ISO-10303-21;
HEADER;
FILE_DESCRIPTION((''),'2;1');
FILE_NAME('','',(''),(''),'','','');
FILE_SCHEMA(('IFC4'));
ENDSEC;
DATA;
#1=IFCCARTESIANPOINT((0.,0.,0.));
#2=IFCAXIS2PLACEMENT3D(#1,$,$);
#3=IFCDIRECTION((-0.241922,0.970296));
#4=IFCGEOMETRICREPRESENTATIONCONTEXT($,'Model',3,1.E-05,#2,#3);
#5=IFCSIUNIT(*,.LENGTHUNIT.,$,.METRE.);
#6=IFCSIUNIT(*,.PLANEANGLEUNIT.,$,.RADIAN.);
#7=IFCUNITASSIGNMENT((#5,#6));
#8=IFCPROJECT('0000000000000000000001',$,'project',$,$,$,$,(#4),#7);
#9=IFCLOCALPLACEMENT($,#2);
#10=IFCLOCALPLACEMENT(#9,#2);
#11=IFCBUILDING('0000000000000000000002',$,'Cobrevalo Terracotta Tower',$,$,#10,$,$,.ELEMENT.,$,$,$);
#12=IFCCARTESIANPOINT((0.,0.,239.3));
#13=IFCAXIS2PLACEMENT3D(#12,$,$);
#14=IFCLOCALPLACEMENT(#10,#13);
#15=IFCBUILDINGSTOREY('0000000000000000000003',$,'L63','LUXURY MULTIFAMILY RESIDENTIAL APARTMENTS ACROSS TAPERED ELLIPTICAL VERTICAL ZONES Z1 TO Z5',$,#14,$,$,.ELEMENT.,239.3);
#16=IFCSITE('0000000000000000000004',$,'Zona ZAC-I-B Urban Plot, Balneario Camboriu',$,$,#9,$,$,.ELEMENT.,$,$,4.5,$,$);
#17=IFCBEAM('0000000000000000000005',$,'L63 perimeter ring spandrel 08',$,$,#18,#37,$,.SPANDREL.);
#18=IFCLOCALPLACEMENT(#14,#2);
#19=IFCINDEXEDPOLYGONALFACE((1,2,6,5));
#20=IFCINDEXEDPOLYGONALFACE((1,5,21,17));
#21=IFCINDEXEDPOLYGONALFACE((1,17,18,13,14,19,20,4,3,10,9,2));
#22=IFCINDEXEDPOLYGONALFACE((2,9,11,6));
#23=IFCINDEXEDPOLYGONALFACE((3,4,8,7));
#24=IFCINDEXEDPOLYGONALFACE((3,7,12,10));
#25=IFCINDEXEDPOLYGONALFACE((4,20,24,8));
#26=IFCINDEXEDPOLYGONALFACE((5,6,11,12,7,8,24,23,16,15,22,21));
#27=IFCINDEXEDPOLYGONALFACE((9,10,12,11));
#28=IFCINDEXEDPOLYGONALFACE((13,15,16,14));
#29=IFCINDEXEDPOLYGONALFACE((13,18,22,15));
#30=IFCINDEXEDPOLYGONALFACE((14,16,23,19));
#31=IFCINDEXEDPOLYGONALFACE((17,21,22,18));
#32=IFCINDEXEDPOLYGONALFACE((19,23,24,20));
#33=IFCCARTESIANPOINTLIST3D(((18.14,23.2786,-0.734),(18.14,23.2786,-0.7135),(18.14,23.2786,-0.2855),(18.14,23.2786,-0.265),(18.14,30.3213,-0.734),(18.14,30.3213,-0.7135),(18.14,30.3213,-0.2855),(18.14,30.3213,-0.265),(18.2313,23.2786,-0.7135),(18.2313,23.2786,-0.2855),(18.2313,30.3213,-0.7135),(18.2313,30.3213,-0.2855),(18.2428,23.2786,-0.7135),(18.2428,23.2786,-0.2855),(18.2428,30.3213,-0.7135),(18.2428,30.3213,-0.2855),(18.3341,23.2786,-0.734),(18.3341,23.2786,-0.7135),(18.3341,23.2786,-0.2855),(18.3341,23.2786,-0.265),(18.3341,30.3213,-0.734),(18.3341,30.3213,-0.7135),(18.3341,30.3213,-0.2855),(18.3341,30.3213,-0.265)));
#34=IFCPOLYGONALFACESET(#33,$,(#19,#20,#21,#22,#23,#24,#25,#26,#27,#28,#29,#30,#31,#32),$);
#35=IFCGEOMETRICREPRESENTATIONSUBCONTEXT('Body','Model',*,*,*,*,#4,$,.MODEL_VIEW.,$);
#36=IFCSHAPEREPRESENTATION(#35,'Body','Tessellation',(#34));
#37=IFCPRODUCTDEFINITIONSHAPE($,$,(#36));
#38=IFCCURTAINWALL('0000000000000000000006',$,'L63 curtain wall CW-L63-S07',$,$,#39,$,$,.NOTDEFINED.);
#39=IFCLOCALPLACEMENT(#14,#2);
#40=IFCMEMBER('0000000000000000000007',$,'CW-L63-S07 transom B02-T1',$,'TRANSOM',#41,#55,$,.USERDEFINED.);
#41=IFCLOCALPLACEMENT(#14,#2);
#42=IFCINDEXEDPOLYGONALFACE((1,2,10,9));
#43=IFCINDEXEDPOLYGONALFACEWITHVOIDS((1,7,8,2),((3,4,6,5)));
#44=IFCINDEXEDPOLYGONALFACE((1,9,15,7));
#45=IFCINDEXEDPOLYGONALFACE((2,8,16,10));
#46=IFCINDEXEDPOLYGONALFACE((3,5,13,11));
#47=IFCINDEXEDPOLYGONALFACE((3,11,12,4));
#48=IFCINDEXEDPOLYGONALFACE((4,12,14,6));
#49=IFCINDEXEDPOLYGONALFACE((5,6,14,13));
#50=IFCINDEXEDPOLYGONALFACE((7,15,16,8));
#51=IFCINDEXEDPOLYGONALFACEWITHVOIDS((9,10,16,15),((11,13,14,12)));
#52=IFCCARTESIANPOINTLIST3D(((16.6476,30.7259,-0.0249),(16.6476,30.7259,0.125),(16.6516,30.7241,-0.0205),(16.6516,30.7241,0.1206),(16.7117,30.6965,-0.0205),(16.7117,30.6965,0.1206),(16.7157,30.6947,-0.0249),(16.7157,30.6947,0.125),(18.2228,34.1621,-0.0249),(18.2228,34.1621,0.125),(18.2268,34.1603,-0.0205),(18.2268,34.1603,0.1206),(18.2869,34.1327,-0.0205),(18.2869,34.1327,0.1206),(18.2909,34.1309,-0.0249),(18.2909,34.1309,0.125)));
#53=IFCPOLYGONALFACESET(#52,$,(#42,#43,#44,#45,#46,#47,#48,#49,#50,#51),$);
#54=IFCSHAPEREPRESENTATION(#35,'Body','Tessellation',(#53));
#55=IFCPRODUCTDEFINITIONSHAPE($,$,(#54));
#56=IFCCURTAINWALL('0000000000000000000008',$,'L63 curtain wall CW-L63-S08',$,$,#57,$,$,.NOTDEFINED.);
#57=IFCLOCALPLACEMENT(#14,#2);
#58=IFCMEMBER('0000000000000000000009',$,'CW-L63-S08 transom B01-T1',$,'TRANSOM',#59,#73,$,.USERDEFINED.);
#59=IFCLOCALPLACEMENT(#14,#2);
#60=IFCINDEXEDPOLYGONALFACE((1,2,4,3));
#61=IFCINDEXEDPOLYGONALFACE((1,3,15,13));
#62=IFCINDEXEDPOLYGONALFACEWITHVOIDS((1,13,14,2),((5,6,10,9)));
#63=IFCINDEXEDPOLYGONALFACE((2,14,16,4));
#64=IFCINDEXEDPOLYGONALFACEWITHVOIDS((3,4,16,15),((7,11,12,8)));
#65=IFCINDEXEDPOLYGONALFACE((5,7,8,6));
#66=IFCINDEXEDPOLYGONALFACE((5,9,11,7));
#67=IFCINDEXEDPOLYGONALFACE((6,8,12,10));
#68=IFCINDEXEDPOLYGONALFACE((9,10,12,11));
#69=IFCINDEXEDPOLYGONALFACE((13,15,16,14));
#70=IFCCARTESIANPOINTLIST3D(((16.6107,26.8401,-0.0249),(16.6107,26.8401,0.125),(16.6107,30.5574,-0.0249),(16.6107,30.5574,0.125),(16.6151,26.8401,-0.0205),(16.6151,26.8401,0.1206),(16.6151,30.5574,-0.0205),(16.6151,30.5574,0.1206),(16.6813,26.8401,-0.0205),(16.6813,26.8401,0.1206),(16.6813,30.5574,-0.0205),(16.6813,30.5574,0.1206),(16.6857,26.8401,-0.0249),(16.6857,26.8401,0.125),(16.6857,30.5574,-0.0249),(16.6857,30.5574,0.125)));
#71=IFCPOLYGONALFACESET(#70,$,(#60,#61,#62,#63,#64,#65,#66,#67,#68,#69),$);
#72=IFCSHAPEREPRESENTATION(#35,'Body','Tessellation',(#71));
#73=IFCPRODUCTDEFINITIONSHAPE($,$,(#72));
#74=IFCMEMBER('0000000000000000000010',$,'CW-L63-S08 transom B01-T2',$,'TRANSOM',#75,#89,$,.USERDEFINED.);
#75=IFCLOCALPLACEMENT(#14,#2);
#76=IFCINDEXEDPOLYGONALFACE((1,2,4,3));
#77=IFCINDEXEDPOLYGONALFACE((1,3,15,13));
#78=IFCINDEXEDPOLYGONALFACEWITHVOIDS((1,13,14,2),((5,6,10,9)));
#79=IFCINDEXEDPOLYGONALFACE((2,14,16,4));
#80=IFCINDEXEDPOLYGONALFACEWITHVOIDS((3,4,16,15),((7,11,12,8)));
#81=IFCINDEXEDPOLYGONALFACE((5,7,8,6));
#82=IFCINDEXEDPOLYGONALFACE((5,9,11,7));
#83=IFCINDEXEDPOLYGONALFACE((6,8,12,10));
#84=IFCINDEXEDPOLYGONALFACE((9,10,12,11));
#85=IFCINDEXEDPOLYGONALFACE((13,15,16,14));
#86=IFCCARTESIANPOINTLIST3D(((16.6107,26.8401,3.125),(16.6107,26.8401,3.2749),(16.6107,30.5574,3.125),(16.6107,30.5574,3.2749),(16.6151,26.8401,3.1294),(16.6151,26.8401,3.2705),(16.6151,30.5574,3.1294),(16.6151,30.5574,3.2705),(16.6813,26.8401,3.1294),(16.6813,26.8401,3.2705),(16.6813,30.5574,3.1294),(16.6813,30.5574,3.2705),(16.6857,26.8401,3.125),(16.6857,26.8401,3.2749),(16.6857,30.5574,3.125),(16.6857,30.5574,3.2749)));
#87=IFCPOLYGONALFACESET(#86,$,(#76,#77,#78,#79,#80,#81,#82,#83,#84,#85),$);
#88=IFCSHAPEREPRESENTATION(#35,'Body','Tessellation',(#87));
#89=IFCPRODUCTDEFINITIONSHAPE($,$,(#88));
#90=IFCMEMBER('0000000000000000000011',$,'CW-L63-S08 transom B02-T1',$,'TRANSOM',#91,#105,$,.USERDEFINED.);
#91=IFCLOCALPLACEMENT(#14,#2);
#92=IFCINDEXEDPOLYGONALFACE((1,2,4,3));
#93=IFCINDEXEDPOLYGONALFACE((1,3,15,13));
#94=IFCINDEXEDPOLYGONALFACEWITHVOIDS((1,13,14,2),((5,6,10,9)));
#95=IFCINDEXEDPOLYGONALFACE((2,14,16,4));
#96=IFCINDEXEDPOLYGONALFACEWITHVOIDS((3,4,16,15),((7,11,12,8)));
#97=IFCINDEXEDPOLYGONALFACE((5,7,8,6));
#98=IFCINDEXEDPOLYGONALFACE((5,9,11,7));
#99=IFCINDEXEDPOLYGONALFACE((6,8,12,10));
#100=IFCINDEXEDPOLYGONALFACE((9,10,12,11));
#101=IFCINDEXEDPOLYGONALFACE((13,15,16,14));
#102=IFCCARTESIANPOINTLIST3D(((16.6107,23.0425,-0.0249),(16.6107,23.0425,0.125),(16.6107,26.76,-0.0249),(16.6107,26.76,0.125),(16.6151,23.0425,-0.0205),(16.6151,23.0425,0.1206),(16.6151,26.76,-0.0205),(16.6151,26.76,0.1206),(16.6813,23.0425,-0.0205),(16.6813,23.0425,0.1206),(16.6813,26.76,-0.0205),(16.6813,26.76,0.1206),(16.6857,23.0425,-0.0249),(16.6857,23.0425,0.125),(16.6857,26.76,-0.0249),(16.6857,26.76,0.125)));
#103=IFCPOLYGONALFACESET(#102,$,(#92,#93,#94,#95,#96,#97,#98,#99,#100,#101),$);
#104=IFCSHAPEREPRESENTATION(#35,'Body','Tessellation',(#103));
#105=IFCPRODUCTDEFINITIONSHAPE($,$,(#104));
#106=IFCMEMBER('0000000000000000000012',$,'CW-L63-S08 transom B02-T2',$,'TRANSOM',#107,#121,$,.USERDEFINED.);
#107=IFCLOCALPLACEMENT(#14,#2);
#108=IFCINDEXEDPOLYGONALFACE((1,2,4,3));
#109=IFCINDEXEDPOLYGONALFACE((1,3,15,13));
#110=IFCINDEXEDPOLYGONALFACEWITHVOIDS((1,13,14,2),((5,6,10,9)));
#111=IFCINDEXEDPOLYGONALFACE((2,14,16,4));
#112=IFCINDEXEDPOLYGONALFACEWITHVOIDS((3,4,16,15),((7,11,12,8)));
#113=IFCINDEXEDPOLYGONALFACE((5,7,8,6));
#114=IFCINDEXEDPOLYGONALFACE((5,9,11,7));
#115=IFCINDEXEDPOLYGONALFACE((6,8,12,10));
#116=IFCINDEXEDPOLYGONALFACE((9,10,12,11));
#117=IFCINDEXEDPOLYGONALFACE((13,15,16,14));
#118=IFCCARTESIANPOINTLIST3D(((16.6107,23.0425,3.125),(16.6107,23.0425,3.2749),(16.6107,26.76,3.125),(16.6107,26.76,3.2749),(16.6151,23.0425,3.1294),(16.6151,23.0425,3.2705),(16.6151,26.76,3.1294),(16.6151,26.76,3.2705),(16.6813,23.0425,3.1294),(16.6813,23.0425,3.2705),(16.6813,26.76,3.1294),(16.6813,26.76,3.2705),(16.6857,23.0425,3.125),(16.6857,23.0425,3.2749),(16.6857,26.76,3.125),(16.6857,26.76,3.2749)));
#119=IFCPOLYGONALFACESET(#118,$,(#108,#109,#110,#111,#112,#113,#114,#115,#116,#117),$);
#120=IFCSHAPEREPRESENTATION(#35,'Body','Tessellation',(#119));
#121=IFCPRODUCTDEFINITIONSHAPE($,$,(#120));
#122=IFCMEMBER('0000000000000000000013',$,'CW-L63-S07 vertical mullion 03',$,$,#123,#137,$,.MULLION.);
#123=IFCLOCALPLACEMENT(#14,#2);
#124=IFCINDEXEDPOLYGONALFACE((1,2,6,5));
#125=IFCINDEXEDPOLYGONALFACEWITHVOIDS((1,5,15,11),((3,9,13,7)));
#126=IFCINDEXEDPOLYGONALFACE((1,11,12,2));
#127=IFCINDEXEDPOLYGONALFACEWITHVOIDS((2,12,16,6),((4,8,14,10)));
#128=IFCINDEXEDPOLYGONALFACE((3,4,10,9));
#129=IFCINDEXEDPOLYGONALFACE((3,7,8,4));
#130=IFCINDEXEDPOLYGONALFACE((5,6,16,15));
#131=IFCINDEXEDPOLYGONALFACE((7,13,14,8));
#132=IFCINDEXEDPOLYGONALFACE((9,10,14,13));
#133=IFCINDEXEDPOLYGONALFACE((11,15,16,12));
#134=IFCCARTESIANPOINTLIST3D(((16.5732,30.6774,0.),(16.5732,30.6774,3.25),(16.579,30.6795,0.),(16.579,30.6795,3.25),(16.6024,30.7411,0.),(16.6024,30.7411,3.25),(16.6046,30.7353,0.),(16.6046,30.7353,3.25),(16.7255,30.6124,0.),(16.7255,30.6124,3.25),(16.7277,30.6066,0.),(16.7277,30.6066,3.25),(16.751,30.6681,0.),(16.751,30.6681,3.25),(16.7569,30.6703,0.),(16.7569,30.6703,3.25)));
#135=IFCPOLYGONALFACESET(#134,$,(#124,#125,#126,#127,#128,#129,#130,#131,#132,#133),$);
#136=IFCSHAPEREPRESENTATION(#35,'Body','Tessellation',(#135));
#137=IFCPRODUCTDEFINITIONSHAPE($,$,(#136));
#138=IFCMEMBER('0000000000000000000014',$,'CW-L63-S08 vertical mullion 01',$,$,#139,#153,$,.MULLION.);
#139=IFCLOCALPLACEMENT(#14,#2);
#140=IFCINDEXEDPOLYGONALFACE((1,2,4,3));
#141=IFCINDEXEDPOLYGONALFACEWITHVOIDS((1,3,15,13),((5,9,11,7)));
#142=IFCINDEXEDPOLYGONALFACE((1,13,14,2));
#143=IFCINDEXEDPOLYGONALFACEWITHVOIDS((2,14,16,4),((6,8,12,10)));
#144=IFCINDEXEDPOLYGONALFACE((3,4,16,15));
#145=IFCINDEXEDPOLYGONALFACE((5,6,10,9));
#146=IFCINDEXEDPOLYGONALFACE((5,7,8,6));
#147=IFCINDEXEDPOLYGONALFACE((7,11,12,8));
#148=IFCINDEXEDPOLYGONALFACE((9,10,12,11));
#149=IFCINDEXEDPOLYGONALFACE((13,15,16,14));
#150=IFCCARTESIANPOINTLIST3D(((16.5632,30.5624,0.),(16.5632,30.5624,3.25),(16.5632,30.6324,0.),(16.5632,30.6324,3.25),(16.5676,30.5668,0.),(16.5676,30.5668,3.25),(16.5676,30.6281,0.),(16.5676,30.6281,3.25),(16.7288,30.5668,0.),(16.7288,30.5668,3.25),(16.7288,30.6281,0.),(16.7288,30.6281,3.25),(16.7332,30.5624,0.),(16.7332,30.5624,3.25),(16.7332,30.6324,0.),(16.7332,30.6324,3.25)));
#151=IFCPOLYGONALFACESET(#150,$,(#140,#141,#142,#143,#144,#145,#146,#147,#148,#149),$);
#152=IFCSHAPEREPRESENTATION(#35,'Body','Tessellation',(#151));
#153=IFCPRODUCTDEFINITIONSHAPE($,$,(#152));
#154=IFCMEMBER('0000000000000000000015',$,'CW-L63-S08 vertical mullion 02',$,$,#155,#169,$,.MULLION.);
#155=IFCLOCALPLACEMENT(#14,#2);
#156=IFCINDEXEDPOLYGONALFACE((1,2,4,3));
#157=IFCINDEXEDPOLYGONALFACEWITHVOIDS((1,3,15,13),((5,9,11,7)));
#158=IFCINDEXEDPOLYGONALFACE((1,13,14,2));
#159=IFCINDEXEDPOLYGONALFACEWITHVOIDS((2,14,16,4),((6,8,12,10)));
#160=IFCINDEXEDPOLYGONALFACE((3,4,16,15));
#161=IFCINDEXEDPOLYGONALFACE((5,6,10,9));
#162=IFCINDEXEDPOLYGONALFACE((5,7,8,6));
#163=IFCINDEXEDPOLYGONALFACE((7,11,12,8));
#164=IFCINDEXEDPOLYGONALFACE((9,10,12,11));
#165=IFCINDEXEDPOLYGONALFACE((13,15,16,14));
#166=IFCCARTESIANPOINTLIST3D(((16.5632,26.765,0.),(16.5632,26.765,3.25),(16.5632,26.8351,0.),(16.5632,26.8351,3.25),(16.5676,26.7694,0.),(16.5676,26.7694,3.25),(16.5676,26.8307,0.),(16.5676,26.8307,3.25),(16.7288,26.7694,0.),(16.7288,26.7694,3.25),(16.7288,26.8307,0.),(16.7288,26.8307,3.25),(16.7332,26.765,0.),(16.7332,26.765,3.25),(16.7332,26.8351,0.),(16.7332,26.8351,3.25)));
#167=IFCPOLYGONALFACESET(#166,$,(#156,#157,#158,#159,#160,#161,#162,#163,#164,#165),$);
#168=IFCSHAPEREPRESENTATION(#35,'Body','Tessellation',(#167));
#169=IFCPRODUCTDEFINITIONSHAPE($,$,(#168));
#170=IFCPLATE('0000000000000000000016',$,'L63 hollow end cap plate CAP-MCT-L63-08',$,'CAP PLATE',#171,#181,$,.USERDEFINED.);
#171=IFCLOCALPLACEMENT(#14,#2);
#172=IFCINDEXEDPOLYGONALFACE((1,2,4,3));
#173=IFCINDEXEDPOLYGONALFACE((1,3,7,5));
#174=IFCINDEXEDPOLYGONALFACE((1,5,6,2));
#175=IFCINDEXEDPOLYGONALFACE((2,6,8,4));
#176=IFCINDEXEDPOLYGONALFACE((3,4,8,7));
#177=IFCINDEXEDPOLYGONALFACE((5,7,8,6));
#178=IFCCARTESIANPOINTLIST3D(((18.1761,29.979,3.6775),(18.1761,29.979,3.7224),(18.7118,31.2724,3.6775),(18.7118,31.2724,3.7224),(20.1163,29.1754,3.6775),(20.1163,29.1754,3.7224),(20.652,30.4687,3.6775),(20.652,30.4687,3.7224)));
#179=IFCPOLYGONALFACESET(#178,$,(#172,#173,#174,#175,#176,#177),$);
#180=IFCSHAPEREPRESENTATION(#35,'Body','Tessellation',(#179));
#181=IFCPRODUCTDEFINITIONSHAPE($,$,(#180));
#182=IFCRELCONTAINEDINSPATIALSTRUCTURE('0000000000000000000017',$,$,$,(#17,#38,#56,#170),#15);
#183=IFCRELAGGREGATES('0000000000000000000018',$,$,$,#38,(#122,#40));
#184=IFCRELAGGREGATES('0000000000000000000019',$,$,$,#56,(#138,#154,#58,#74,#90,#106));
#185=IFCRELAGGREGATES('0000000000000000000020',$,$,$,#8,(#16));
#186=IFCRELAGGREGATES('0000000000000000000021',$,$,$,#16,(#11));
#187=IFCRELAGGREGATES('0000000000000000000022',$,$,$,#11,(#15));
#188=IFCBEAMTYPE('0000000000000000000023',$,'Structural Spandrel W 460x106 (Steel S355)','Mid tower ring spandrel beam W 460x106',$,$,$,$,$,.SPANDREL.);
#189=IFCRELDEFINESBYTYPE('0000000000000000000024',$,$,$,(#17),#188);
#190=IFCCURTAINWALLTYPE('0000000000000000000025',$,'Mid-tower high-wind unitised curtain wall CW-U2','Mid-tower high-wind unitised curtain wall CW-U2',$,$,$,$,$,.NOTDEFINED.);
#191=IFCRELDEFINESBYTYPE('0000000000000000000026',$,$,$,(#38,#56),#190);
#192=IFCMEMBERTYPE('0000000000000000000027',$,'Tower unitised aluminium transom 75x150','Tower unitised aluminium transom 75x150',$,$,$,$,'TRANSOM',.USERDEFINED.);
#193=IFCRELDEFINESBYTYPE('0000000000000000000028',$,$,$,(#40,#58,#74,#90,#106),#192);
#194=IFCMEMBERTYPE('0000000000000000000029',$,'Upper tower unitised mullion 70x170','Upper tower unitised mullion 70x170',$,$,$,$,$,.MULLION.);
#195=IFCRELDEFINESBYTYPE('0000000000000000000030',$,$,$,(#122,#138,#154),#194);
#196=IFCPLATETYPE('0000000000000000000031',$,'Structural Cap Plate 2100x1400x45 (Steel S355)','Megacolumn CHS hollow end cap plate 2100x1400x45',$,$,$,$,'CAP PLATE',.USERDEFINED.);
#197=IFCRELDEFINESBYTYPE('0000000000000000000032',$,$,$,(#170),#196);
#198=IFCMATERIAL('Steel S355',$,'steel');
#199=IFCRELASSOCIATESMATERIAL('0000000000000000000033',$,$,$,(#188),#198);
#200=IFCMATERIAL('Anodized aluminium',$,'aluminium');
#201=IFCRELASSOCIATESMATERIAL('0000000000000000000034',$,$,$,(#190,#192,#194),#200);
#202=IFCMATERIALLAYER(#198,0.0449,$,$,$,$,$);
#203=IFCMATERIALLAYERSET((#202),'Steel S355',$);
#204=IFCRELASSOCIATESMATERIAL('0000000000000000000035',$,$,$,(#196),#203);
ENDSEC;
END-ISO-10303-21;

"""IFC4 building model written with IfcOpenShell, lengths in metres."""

from ifc_helpers import new_model, si_unit, direction, frame, origin, origin_2d, place, context, subcontext, project, spatial, rectangle, hollow_rectangle, i_section, extrude, source, transform, mapped, material, layer, layer_set, material_profile, profile_set, type_object, element, aggregate, save


model = new_model("IFC4")

# Units and contexts
model_context = context("Model", 3, precision=1e-05, world=origin(), true_north=direction((-0.241922, 0.970296)))
body_context = subcontext(model_context, "Body", "Model", "MODEL_VIEW")
ifc_project = project(units=[si_unit("LENGTHUNIT", "METRE"), si_unit("PLANEANGLEUNIT", "RADIAN")], contexts=[model_context])

# Site, building, storey
site_placement = place(None, origin())
site = spatial("IfcSite", under=ifc_project, at=site_placement, Name="Zona ZAC-I-B Urban Plot, Balneario Camboriu", CompositionType="ELEMENT", RefElevation=4.5)
building_placement = place(site_placement, origin())
building = spatial("IfcBuilding", under=site, at=building_placement, Name="Cobrevalo Terracotta Tower", CompositionType="ELEMENT")
storey_placement = place(building_placement, frame((0.0, 0.0, 239.3)))
storey = spatial("IfcBuildingStorey", under=building, at=storey_placement, Name="L63", Description="LUXURY MULTIFAMILY RESIDENTIAL APARTMENTS ACROSS TAPERED ELLIPTICAL VERTICAL ZONES Z1 TO Z5", CompositionType="ELEMENT", Elevation=239.3)

# Shared definitions
ifc_material_1 = material(Name="Steel S355", Category="steel")

# Beam
ifc_material_profile_1 = material_profile(ifc_material_1, i_section(OverallWidth=0.1941, OverallDepth=0.469, WebThickness=0.0115, FlangeThickness=0.0205, at=origin_2d()), Name="W 460x106")
ifc_profile_set_1 = profile_set([ifc_material_profile_1], Name="Steel S355")
beam_type_1 = type_object("IfcBeamType", Name="Structural Spandrel W 460x106 (Steel S355)", Description="Mid tower ring spandrel beam W 460x106", PredefinedType="SPANDREL", material=ifc_profile_set_1)
beam_1_placement = place(storey_placement, frame((18.2371, 30.3213, -0.4995), z_axis=(0.0, -1.0, 0.0), x_axis=(1.0, 0.0, 0.0)))
element("IfcBeam", 1, at=beam_1_placement, inside=storey, type_object=beam_type_1, Name="L63 perimeter ring spandrel 08", PredefinedType="SPANDREL", context=body_context, shape_type="SweptSolid", body=[
    extrude(i_section(OverallWidth=0.1941, OverallDepth=0.469, WebThickness=0.0115, FlangeThickness=0.0205, at=origin_2d()), origin(), (0.0, 0.0, 1.0), 7.0427),
])

# Curtain wall, member
ifc_material_2 = material(Name="Anodized aluminium", Category="aluminium")
curtain_wall_type = type_object("IfcCurtainWallType", Name="Mid-tower high-wind unitised curtain wall CW-U2", Description="Mid-tower high-wind unitised curtain wall CW-U2", PredefinedType="NOTDEFINED", material=ifc_material_2)
curtain_wall_1_placement = place(storey_placement, origin())
curtain_wall_1 = element("IfcCurtainWall", 2, at=curtain_wall_1_placement, inside=storey, type_object=curtain_wall_type, Name="L63 curtain wall CW-L63-S07", PredefinedType="NOTDEFINED")
ifc_material_profile_2 = material_profile(ifc_material_2, hollow_rectangle(XDim=0.075, YDim=0.1499, WallThickness=0.0044, at=origin_2d()), Name="CWT 75x150")
ifc_profile_set_2 = profile_set([ifc_material_profile_2], Name="Anodized aluminium")
member_type_1 = type_object("IfcMemberType", Name="Tower unitised aluminium transom 75x150", Description="Tower unitised aluminium transom 75x150", ElementType="TRANSOM", PredefinedType="USERDEFINED", material=ifc_profile_set_2)
shared_shape_1 = source(origin(), body_context, "Body", "SweptSolid", [
    extrude(hollow_rectangle(XDim=0.075, YDim=0.1499, WallThickness=0.0044, at=origin_2d()), origin(), (0.0, 0.0, 1.0), 3.78),
])
member_1_placement = place(storey_placement, frame((18.2568, 34.1465, 0.05), z_axis=(-0.416706, -0.909041, 0.0), x_axis=(0.909041, -0.416706, 0.0)))
member_1 = element("IfcMember", 3, at=member_1_placement, type_object=member_type_1, Name="CW-L63-S07 transom B02-T1", ObjectType="TRANSOM", PredefinedType="USERDEFINED", context=body_context, shape_type="MappedRepresentation", body=[
    mapped(shared_shape_1, transform((0.0, 0.0, 0.0), scale=1.0)),
])

# Curtain wall, members
curtain_wall_2_placement = place(storey_placement, origin())
curtain_wall_2 = element("IfcCurtainWall", 4, at=curtain_wall_2_placement, inside=storey, type_object=curtain_wall_type, Name="L63 curtain wall CW-L63-S08", PredefinedType="NOTDEFINED")
shared_shape_2 = source(origin(), body_context, "Body", "SweptSolid", [
    extrude(hollow_rectangle(XDim=0.075, YDim=0.1499, WallThickness=0.0044, at=origin_2d()), origin(), (0.0, 0.0, 1.0), 3.7173),
])
member_2_placement = place(storey_placement, frame((16.6482, 30.5574, 0.05), z_axis=(0.0, -1.0, 0.0), x_axis=(1.0, 0.0, 0.0)))
member_2 = element("IfcMember", 5, at=member_2_placement, type_object=member_type_1, Name="CW-L63-S08 transom B01-T1", ObjectType="TRANSOM", PredefinedType="USERDEFINED", context=body_context, shape_type="MappedRepresentation", body=[
    mapped(shared_shape_2, transform((0.0, 0.0, 0.0), scale=1.0)),
])
member_3_placement = place(storey_placement, frame((16.6482, 30.5574, 3.2), z_axis=(0.0, -1.0, 0.0), x_axis=(1.0, 0.0, 0.0)))
member_3 = element("IfcMember", 6, at=member_3_placement, type_object=member_type_1, Name="CW-L63-S08 transom B01-T2", ObjectType="TRANSOM", PredefinedType="USERDEFINED", context=body_context, shape_type="MappedRepresentation", body=[
    mapped(shared_shape_2, transform((0.0, 0.0, 0.0), scale=1.0)),
])
shared_shape_3 = source(origin(), body_context, "Body", "SweptSolid", [
    extrude(hollow_rectangle(XDim=0.075, YDim=0.1499, WallThickness=0.0044, at=origin_2d()), origin(), (0.0, 0.0, 1.0), 3.7175),
])
member_4_placement = place(storey_placement, frame((16.6482, 26.76, 0.05), z_axis=(0.0, -1.0, 0.0), x_axis=(1.0, 0.0, 0.0)))
member_4 = element("IfcMember", 7, at=member_4_placement, type_object=member_type_1, Name="CW-L63-S08 transom B02-T1", ObjectType="TRANSOM", PredefinedType="USERDEFINED", context=body_context, shape_type="MappedRepresentation", body=[
    mapped(shared_shape_3, transform((0.0, 0.0, 0.0), scale=1.0)),
])
member_5_placement = place(storey_placement, frame((16.6482, 26.76, 3.2), z_axis=(0.0, -1.0, 0.0), x_axis=(1.0, 0.0, 0.0)))
member_5 = element("IfcMember", 8, at=member_5_placement, type_object=member_type_1, Name="CW-L63-S08 transom B02-T2", ObjectType="TRANSOM", PredefinedType="USERDEFINED", context=body_context, shape_type="MappedRepresentation", body=[
    mapped(shared_shape_3, transform((0.0, 0.0, 0.0), scale=1.0)),
])

# Members
ifc_material_profile_3 = material_profile(ifc_material_2, hollow_rectangle(XDim=0.0701, YDim=0.1699, WallThickness=0.0044, at=origin_2d()), Name="CWM 70x170")
ifc_profile_set_3 = profile_set([ifc_material_profile_3], Name="Anodized aluminium")
member_type_2 = type_object("IfcMemberType", Name="Upper tower unitised mullion 70x170", Description="Upper tower unitised mullion 70x170", PredefinedType="MULLION", material=ifc_profile_set_3)
shared_shape_4 = source(origin(), body_context, "Body", "SweptSolid", [
    extrude(hollow_rectangle(XDim=0.0701, YDim=0.1699, WallThickness=0.0044, at=origin_2d()), origin(), (0.0, 0.0, 1.0), 3.25),
])
member_6_placement = place(storey_placement, frame((16.665, 30.6738, 0.0), z_axis=(0.0, 0.0, 1.0), x_axis=(-0.416725, -0.909033, 0.0)))
member_6 = element("IfcMember", 9, at=member_6_placement, type_object=member_type_2, Name="CW-L63-S07 vertical mullion 03", PredefinedType="MULLION", context=body_context, shape_type="MappedRepresentation", body=[
    mapped(shared_shape_4, transform((0.0, 0.0, 0.0), scale=1.0)),
])
member_7_placement = place(storey_placement, frame((16.6482, 30.5974, 0.0), z_axis=(0.0, 0.0, 1.0), x_axis=(0.0, -1.0, 0.0)))
member_7 = element("IfcMember", 10, at=member_7_placement, type_object=member_type_2, Name="CW-L63-S08 vertical mullion 01", PredefinedType="MULLION", context=body_context, shape_type="MappedRepresentation", body=[
    mapped(shared_shape_4, transform((0.0, 0.0, 0.0), scale=1.0)),
])
member_8_placement = place(storey_placement, frame((16.6482, 26.8, 0.0), z_axis=(0.0, 0.0, 1.0), x_axis=(0.0, -1.0, 0.0)))
member_8 = element("IfcMember", 11, at=member_8_placement, type_object=member_type_2, Name="CW-L63-S08 vertical mullion 02", PredefinedType="MULLION", context=body_context, shape_type="MappedRepresentation", body=[
    mapped(shared_shape_4, transform((0.0, 0.0, 0.0), scale=1.0)),
])

# Plate
ifc_layer_1 = layer(ifc_material_1, 0.0449)
ifc_layer_set_1 = layer_set([ifc_layer_1], Name="Steel S355")
plate_type_1 = type_object("IfcPlateType", Name="Structural Cap Plate 2100x1400x45 (Steel S355)", Description="Megacolumn CHS hollow end cap plate 2100x1400x45", ElementType="CAP PLATE", PredefinedType="USERDEFINED", material=ifc_layer_set_1)
shared_shape_5 = source(origin(), body_context, "Body", "SweptSolid", [
    extrude(rectangle(XDim=2.1001, YDim=1.3999, at=origin_2d()), origin(), (0.0, 0.0, 1.0), 0.0449),
])
for number, where, z_axis, x_axis, name in (
    (12, (19.4141, 30.2239, 3.6775), (0.0, 0.0, 1.0), (-0.92388, 0.382683, 0.0), "L63 hollow end cap plate CAP-MCT-L63-08"),
):
    element("IfcPlate", number, at=place(storey_placement, frame(where, z_axis=z_axis, x_axis=x_axis)), inside=storey, type_object=plate_type_1, Name=name, ObjectType="CAP PLATE", PredefinedType="USERDEFINED", context=body_context, shape_type="MappedRepresentation", body=[
        mapped(shared_shape_5, transform((0.0, 0.0, 0.0), scale=1.0)),
    ])

aggregate(curtain_wall_1, [member_6, member_1])
aggregate(curtain_wall_2, [member_7, member_8, member_2, member_3, member_4, member_5])

save(model, "model.ifc")
